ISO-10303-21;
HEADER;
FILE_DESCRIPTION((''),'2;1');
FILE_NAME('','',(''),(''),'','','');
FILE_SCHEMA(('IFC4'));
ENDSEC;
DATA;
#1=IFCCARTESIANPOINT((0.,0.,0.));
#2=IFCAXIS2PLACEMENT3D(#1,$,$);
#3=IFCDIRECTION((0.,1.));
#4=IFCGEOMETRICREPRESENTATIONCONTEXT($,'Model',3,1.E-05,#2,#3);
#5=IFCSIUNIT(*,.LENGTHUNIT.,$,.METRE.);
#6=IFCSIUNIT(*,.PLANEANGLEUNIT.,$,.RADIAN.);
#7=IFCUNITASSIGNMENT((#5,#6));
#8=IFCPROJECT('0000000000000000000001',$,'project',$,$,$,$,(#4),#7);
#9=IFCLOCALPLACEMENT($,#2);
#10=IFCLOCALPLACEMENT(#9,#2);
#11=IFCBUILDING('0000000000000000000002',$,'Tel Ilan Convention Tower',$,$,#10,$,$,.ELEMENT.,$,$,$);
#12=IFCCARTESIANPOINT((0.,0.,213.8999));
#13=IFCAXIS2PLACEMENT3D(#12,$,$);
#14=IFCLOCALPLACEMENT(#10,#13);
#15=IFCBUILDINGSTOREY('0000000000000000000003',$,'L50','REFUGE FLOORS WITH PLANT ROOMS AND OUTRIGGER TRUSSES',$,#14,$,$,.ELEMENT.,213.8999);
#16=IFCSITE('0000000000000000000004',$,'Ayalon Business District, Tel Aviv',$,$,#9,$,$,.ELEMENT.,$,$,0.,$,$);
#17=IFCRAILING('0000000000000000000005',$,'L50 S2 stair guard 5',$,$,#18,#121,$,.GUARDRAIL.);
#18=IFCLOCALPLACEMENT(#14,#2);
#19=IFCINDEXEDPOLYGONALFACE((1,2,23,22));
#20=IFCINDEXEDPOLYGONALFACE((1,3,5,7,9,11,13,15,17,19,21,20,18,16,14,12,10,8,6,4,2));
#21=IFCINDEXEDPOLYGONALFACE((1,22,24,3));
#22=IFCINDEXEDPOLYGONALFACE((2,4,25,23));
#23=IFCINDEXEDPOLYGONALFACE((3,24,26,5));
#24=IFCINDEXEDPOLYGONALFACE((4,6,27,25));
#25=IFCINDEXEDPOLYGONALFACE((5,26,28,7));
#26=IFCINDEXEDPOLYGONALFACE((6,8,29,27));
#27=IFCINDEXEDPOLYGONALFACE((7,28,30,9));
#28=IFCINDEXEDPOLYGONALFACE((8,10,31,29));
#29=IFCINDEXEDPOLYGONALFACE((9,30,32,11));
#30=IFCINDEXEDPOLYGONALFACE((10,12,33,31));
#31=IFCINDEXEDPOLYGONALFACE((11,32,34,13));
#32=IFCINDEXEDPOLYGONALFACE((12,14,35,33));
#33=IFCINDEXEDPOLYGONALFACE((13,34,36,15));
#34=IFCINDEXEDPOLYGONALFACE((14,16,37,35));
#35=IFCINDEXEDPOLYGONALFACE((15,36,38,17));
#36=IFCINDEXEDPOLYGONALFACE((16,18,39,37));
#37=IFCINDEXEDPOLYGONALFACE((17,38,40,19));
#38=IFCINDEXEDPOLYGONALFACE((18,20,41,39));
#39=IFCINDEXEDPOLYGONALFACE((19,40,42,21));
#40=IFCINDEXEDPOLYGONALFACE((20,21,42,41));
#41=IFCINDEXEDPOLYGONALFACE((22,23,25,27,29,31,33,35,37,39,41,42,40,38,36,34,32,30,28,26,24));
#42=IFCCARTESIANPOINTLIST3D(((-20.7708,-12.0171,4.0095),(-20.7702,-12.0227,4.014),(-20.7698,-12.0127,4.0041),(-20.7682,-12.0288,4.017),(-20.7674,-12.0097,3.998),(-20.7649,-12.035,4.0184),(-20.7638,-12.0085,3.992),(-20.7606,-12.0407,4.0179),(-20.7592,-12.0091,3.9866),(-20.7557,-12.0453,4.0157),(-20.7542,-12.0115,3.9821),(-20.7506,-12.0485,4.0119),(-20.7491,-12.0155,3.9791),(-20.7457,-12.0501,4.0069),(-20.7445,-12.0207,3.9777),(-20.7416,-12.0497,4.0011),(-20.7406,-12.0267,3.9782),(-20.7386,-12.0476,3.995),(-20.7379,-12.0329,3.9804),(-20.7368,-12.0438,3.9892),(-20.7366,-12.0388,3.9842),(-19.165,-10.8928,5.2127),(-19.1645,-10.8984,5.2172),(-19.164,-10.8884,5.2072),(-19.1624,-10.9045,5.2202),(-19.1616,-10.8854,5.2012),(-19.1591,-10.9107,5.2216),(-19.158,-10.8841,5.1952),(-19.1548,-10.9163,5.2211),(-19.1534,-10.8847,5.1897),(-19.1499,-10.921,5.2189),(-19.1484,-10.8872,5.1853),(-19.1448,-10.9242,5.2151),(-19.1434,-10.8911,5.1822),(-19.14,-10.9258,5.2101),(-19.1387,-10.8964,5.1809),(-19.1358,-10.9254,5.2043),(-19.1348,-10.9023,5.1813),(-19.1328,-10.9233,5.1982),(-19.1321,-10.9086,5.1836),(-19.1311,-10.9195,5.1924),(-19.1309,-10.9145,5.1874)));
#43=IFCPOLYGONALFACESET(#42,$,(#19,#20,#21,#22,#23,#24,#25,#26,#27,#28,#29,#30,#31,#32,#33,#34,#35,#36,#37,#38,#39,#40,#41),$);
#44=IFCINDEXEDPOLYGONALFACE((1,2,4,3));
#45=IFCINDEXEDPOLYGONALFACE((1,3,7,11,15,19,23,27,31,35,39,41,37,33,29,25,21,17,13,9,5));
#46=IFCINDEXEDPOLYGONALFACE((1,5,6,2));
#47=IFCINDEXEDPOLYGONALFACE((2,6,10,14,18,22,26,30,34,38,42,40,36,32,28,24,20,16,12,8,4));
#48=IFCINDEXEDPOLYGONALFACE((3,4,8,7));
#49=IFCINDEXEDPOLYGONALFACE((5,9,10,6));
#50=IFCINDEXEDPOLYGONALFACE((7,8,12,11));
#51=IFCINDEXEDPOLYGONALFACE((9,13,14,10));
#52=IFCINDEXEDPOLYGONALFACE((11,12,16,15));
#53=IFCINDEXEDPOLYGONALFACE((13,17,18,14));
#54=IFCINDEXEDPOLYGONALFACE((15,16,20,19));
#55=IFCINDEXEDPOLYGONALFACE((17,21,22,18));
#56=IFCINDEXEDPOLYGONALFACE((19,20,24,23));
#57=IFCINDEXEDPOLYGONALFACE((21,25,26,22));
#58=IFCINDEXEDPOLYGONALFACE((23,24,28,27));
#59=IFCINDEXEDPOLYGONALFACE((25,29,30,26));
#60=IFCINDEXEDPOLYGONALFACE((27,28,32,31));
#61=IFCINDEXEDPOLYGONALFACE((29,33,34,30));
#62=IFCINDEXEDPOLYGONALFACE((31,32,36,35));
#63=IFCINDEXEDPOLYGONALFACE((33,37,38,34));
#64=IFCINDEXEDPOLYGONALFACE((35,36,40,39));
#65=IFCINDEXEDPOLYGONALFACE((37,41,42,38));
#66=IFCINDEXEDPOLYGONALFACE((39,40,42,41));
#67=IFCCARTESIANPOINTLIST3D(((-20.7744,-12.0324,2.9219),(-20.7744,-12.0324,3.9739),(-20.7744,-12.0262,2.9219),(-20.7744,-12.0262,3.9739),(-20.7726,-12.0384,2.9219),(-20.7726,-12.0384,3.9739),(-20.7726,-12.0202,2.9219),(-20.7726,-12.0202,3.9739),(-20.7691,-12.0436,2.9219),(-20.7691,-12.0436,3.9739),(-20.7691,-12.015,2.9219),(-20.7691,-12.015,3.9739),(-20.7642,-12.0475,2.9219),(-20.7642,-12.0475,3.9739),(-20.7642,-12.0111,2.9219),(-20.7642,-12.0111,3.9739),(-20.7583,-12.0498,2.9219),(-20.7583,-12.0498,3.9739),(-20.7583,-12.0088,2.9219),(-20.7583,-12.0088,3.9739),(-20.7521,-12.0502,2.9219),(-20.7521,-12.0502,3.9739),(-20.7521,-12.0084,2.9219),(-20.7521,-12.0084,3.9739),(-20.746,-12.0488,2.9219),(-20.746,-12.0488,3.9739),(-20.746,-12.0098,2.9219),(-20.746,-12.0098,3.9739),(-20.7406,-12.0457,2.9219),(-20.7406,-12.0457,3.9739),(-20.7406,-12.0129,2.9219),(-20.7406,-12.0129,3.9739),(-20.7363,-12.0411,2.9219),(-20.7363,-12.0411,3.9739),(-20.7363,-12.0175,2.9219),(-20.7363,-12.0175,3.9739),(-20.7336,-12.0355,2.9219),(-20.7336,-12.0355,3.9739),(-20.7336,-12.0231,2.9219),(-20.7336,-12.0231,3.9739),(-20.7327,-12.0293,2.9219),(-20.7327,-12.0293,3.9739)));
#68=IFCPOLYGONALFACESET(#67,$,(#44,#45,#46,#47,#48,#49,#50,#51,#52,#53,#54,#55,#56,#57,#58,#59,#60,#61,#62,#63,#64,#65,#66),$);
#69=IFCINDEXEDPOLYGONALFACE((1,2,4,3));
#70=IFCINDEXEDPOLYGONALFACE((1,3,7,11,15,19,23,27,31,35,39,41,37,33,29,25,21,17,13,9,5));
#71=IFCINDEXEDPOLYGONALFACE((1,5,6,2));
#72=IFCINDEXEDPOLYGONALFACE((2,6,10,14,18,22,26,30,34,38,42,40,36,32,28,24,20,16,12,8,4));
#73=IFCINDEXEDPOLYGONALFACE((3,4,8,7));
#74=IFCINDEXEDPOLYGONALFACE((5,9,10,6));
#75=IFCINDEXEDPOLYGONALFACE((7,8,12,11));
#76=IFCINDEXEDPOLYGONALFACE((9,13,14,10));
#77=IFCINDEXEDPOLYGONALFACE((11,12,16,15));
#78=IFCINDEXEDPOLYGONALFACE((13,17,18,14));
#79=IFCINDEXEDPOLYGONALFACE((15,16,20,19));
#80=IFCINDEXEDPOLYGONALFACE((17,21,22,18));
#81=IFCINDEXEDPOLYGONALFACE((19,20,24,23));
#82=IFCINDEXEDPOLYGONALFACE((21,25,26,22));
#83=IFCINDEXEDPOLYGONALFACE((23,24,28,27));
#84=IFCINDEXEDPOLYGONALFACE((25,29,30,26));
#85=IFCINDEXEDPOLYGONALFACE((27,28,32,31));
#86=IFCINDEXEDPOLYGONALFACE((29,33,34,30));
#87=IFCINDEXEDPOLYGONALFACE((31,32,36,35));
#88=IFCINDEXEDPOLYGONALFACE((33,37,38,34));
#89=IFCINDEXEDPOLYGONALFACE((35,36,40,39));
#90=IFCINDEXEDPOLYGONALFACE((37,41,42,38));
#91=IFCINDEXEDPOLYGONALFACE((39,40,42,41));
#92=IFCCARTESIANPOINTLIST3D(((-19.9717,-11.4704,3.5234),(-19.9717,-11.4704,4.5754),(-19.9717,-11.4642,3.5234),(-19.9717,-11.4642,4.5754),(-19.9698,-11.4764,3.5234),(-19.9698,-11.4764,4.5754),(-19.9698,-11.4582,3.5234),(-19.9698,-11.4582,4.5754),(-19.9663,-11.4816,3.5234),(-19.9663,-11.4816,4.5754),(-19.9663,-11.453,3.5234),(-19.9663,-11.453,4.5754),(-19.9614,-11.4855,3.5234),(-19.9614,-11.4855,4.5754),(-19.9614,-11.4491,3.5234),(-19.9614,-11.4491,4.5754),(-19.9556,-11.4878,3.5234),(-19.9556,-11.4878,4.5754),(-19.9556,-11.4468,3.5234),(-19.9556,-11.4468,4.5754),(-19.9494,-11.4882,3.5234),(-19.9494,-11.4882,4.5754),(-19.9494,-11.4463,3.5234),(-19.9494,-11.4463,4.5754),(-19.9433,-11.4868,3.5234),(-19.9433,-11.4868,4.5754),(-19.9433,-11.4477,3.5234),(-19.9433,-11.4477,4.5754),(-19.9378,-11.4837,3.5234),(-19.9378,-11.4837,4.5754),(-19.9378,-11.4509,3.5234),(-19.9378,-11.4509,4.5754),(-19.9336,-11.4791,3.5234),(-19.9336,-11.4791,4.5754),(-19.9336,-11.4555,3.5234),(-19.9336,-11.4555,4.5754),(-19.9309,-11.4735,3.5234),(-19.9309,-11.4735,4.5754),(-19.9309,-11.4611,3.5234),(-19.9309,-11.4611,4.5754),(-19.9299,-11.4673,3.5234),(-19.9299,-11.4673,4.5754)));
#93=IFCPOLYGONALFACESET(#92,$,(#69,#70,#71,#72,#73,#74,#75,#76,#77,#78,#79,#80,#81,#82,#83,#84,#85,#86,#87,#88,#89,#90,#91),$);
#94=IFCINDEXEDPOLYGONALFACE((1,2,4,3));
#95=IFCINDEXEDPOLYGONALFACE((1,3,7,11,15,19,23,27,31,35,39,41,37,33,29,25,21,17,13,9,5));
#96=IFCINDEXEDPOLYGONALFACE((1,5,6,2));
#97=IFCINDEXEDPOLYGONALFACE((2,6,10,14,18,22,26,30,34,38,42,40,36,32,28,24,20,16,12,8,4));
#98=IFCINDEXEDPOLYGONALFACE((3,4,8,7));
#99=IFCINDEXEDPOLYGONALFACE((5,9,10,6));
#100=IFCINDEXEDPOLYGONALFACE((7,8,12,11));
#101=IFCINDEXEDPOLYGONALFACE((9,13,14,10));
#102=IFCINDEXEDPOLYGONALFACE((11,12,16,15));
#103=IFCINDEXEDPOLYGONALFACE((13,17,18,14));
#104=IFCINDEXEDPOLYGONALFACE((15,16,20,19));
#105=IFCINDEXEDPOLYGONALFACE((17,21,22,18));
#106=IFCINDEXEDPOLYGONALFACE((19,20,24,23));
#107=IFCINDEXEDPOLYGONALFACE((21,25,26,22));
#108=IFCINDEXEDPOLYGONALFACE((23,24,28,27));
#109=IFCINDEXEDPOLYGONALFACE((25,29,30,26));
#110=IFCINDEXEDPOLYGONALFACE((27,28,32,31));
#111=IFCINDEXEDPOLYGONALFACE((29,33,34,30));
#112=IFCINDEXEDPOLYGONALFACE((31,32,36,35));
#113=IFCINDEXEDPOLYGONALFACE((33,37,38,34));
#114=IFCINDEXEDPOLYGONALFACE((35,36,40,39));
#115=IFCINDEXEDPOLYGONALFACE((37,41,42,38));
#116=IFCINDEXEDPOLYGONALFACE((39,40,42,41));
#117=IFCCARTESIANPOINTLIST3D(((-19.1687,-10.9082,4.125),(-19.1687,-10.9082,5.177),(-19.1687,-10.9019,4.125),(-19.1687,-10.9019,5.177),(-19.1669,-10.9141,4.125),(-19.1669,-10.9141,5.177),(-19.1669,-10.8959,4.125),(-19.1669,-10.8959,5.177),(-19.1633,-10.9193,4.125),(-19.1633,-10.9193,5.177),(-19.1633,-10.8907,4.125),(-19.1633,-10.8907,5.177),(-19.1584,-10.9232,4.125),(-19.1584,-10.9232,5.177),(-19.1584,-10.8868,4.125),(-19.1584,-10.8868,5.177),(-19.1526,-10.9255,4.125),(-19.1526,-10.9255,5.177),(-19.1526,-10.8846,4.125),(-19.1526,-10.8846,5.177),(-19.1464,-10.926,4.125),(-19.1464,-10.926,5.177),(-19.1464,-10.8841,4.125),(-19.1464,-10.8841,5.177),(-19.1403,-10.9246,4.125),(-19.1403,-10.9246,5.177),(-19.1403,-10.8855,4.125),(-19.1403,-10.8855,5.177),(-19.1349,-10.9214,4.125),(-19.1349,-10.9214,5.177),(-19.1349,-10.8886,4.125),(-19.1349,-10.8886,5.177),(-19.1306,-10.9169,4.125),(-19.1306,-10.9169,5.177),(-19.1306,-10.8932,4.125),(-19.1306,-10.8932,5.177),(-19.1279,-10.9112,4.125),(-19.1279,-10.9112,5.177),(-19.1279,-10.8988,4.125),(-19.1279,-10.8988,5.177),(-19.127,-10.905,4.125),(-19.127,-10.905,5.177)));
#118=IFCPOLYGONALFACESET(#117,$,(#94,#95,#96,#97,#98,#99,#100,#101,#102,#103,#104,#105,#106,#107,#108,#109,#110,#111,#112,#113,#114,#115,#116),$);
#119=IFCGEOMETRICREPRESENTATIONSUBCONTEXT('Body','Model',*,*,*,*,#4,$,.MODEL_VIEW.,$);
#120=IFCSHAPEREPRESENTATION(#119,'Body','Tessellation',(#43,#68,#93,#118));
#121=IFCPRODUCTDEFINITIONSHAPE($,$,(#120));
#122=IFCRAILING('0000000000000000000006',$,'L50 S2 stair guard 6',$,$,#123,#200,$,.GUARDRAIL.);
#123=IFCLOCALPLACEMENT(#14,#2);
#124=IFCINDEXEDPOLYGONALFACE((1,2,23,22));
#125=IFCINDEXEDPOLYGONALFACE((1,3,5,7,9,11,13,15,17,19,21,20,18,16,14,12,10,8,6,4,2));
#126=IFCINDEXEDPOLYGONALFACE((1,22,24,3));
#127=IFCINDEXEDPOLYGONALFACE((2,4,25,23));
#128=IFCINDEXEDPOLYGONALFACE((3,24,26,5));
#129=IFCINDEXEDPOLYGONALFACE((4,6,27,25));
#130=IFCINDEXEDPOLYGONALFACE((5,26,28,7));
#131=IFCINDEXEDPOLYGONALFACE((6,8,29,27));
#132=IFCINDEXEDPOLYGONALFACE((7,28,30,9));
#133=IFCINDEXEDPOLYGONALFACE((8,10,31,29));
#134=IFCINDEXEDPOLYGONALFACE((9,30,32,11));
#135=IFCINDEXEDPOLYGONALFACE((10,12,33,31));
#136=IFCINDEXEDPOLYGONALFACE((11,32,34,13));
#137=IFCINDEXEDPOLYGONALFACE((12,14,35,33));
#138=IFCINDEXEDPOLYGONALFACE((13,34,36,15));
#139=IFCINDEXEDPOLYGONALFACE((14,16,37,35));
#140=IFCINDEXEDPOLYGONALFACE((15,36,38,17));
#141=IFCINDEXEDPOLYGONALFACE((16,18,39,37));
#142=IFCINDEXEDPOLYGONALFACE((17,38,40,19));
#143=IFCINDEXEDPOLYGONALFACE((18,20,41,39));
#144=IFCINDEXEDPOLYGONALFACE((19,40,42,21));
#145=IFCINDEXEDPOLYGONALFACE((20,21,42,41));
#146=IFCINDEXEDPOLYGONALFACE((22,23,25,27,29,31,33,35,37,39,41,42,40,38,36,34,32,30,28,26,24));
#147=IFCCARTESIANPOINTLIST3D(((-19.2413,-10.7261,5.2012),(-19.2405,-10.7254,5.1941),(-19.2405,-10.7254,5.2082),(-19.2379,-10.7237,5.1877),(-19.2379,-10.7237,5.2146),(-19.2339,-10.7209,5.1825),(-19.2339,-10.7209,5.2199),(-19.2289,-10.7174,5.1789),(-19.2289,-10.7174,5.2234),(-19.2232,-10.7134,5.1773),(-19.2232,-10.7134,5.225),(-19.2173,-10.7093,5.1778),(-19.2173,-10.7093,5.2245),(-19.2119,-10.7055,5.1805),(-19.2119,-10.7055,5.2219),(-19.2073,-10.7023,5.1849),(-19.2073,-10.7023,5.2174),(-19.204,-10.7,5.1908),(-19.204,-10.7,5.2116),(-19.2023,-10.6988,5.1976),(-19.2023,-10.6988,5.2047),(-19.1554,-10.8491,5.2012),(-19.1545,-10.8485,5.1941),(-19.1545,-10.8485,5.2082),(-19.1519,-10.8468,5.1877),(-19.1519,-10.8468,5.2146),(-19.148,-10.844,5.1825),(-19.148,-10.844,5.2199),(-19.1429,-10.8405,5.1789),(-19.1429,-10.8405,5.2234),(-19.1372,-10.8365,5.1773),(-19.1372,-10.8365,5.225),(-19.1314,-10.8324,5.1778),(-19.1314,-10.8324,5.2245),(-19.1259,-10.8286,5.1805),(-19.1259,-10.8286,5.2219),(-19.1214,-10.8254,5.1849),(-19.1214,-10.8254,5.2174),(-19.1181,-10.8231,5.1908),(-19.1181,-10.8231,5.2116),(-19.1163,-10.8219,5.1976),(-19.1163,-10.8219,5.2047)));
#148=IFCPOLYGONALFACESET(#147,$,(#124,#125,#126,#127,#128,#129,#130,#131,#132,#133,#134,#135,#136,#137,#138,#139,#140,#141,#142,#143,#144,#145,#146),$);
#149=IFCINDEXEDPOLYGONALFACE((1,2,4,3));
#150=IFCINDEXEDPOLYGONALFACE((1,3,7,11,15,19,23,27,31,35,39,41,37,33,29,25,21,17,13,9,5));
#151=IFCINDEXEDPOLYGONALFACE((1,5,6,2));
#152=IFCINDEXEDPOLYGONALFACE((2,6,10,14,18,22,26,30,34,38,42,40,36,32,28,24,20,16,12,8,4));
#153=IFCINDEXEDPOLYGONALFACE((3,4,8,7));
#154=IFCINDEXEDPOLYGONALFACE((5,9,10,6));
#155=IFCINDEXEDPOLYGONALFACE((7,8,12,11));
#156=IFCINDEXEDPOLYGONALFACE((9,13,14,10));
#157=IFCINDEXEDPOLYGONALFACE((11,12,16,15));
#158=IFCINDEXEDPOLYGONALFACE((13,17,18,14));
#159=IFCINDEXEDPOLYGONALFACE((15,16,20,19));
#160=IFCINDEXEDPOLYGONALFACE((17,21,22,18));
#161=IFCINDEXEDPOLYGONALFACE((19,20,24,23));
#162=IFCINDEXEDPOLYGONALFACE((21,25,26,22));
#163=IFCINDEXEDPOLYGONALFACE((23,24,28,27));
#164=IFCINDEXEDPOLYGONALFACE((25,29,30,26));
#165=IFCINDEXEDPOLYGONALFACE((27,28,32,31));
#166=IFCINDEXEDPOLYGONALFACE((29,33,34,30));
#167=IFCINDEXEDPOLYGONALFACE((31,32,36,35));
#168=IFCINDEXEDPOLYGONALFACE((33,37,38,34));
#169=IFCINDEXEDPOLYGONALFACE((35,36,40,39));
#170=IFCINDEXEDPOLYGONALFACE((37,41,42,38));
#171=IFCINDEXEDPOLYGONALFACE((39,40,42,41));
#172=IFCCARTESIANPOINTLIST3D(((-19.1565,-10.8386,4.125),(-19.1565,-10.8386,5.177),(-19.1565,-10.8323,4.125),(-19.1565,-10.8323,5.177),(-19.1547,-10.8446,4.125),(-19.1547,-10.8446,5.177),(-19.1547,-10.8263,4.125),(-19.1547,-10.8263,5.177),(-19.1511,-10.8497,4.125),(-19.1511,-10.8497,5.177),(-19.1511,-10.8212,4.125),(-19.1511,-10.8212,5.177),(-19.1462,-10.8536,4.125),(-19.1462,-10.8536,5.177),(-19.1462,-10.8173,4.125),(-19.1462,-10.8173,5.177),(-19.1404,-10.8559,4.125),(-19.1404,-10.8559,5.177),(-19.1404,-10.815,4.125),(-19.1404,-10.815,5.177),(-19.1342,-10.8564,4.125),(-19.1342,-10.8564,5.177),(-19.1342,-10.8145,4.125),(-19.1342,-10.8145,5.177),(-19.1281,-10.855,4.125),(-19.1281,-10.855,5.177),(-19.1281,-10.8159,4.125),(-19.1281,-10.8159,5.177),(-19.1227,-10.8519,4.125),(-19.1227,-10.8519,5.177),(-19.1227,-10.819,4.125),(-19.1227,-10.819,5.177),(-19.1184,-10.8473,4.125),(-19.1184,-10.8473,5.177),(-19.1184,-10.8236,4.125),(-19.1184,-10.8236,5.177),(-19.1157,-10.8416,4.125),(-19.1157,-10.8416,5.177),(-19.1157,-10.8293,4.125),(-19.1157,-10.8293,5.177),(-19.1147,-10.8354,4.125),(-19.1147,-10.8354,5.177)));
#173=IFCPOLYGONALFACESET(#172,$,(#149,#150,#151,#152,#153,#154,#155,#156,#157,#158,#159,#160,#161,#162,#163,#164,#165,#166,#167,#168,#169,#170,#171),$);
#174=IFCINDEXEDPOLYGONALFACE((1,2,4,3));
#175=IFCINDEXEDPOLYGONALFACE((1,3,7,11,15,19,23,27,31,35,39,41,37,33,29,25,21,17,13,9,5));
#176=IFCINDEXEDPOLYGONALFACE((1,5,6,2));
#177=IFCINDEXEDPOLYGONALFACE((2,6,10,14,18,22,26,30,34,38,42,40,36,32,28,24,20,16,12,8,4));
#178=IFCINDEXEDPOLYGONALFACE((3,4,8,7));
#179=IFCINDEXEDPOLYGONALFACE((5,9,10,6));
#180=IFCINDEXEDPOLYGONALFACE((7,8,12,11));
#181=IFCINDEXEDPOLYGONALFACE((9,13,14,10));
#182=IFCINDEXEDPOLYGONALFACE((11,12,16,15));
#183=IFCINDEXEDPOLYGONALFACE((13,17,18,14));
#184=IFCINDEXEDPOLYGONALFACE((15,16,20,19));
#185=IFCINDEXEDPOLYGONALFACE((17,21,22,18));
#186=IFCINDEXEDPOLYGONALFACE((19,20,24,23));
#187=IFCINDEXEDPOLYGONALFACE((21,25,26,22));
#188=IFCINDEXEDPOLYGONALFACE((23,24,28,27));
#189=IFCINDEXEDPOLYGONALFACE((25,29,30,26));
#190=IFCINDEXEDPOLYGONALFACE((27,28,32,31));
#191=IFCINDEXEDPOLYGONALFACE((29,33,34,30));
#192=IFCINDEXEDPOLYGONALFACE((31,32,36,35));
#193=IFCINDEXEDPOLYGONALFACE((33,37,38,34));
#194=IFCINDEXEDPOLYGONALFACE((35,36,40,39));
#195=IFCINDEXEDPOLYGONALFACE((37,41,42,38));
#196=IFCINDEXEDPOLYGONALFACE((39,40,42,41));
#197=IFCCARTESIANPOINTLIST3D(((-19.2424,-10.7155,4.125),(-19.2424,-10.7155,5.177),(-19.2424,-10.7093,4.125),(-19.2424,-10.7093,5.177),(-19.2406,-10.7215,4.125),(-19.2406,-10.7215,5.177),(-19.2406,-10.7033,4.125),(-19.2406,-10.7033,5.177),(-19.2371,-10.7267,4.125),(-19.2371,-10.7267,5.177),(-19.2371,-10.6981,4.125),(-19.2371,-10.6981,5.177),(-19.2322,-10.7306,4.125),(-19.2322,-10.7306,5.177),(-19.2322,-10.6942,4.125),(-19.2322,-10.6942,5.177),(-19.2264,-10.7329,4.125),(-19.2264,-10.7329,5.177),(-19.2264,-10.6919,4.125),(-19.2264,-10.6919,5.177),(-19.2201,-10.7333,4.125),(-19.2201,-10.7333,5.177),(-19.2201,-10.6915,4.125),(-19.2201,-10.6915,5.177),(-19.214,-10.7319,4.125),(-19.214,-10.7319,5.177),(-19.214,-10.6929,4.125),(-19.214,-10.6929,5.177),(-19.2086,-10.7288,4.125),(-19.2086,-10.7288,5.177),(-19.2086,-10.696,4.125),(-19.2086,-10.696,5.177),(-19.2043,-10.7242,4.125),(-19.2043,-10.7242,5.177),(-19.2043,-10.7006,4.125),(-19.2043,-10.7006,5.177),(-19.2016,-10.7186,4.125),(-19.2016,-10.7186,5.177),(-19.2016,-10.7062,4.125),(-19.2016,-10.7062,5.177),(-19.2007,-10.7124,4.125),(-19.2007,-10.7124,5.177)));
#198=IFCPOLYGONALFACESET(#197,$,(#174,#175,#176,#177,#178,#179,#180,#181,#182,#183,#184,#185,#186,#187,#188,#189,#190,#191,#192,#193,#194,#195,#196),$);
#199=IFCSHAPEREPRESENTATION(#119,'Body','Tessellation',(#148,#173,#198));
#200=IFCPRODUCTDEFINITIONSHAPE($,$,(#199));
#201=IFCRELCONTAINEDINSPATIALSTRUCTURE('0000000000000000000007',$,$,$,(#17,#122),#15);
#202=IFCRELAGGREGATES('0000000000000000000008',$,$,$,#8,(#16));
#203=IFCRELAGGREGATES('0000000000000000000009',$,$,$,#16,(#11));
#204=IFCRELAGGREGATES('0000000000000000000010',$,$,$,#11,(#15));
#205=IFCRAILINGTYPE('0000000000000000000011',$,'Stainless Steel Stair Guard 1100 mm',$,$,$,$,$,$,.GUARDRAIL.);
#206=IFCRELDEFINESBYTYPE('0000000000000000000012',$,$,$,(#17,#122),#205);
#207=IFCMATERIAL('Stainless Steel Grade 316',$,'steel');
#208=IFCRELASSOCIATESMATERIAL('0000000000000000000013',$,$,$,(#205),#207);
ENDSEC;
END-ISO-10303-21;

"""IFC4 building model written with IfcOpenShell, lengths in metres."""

from ifc_helpers import new_model, si_unit, direction, frame, origin, origin_2d, place, context, subcontext, project, spatial, circle, extrude, material, type_object, element, save


model = new_model("IFC4")

# Units and contexts
model_context = context("Model", 3, precision=1e-05, world=origin(), true_north=direction((0.0, 1.0)))
body_context = subcontext(model_context, "Body", "Model", "MODEL_VIEW")
ifc_project = project(units=[si_unit("LENGTHUNIT", "METRE"), si_unit("PLANEANGLEUNIT", "RADIAN")], contexts=[model_context])

# Site, building, storey
site_placement = place(None, origin())
site = spatial("IfcSite", under=ifc_project, at=site_placement, Name="Ayalon Business District, Tel Aviv", CompositionType="ELEMENT", RefElevation=0.0)
building_placement = place(site_placement, origin())
building = spatial("IfcBuilding", under=site, at=building_placement, Name="Tel Ilan Convention Tower", CompositionType="ELEMENT")
storey_placement = place(building_placement, frame((0.0, 0.0, 213.8999)))
storey = spatial("IfcBuildingStorey", under=building, at=storey_placement, Name="L50", Description="REFUGE FLOORS WITH PLANT ROOMS AND OUTRIGGER TRUSSES", CompositionType="ELEMENT", Elevation=213.8999)

# Railings
ifc_material_1 = material(Name="Stainless Steel Grade 316", Category="steel")
railing_type_1 = type_object("IfcRailingType", Name="Stainless Steel Stair Guard 1100 mm", PredefinedType="GUARDRAIL", material=ifc_material_1)
railing_1_placement = place(storey_placement, frame((-20.7537, -12.0293, 2.9219)))
element("IfcRailing", 1, at=railing_1_placement, inside=storey, type_object=railing_type_1, Name="L50 S2 stair guard 5", PredefinedType="GUARDRAIL", context=body_context, shape_type="SweptSolid", body=[
    extrude(circle(Radius=0.0239, at=origin_2d()), frame((0.0, 0.0, 1.0762), z_axis=(0.698149, 0.488821, 0.523108), x_axis=(-0.573554, 0.819168, 0.0)), (0.0, 0.0, 1.0), 2.3),
    extrude(circle(Radius=0.021, at=origin_2d()), origin(), (0.0, 0.0, 1.0), 1.052),
    extrude(circle(Radius=0.021, at=origin_2d()), frame((0.8027, 0.562, 0.6016)), (0.0, 0.0, 1.0), 1.052),
    extrude(circle(Radius=0.021, at=origin_2d()), frame((1.6057, 1.1243, 1.2031)), (0.0, 0.0, 1.0), 1.052),
])
railing_2_placement = place(storey_placement, frame((-19.1357, -10.8354, 4.125)))
element("IfcRailing", 2, at=railing_2_placement, inside=storey, type_object=railing_type_1, Name="L50 S2 stair guard 6", PredefinedType="GUARDRAIL", context=body_context, shape_type="SweptSolid", body=[
    extrude(circle(Radius=0.0239, at=origin_2d()), frame((0.0, 0.0, 1.0762), z_axis=(-0.572589, 0.819843, 0.0), x_axis=(-0.819843, -0.572589, 0.0)), (0.0, 0.0, 1.0), 0.1501),
    extrude(circle(Radius=0.021, at=origin_2d()), origin(), (0.0, 0.0, 1.0), 1.052),
    extrude(circle(Radius=0.021, at=origin_2d()), frame((-0.0859, 0.123, 0.0)), (0.0, 0.0, 1.0), 1.052),
])

save(model, "model.ifc")
